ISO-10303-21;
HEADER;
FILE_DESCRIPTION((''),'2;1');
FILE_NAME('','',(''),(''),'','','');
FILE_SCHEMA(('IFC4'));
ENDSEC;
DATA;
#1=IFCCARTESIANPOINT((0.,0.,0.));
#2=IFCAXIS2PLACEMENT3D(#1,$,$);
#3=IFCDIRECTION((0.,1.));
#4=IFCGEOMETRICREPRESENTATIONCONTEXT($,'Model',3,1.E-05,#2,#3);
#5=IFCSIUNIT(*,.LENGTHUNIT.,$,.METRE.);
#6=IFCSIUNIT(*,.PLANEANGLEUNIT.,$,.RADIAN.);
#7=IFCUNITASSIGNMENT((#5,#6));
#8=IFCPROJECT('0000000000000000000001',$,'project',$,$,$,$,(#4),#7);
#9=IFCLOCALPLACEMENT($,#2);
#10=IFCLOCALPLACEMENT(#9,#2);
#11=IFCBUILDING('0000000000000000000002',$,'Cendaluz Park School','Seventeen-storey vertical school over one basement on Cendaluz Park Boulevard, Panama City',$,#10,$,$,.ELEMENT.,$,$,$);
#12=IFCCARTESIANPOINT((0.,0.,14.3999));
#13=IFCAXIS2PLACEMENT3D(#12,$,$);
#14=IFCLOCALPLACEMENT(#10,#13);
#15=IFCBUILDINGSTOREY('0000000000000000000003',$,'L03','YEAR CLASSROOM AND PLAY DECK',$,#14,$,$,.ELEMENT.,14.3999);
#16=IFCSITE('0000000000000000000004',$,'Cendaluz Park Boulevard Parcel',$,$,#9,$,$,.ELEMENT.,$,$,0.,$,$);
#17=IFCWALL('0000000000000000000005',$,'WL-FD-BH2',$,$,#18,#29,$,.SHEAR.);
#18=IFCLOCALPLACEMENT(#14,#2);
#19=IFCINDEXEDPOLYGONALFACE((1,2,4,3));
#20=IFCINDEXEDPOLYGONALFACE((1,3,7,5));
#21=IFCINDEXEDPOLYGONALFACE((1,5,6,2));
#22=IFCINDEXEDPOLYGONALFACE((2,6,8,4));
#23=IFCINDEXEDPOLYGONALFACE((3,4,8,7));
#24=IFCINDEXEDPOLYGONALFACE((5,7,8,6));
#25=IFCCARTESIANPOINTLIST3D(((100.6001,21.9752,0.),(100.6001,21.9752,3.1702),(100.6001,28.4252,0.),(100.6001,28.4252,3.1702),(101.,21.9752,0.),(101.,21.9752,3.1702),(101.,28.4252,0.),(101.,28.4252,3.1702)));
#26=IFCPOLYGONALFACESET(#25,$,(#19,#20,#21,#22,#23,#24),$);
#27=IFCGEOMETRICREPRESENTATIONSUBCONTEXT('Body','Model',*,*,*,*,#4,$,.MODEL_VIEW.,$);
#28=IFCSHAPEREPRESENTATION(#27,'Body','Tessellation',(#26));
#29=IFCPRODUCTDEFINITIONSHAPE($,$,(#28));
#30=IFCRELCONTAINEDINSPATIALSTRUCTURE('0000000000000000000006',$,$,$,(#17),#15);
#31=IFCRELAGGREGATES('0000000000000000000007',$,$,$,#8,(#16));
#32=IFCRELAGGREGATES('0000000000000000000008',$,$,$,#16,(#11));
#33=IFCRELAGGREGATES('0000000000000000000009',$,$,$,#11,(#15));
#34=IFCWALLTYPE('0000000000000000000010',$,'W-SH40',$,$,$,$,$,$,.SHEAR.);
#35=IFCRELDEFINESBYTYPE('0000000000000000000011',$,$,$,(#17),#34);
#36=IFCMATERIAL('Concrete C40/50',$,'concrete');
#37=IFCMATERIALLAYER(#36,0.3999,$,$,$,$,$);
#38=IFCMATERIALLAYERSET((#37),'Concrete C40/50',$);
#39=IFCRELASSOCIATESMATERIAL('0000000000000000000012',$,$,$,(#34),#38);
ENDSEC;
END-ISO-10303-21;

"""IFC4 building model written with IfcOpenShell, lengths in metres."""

from ifc_helpers import new_model, si_unit, direction, frame, frame_2d, origin, place, context, subcontext, project, spatial, rectangle, extrude, material, layer, layer_set, type_object, element, save


model = new_model("IFC4")

# Units and contexts
model_context = context("Model", 3, precision=1e-05, world=origin(), true_north=direction((0.0, 1.0)))
body_context = subcontext(model_context, "Body", "Model", "MODEL_VIEW")
ifc_project = project(units=[si_unit("LENGTHUNIT", "METRE"), si_unit("PLANEANGLEUNIT", "RADIAN")], contexts=[model_context])

# Site, building, storey
site_placement = place(None, origin())
site = spatial("IfcSite", under=ifc_project, at=site_placement, Name="Cendaluz Park Boulevard Parcel", CompositionType="ELEMENT", RefElevation=0.0)
building_placement = place(site_placement, origin())
building = spatial("IfcBuilding", under=site, at=building_placement, Name="Cendaluz Park School", Description="Seventeen-storey vertical school over one basement on Cendaluz Park Boulevard, Panama City", CompositionType="ELEMENT")
storey_placement = place(building_placement, frame((0.0, 0.0, 14.3999)))
storey = spatial("IfcBuildingStorey", under=building, at=storey_placement, Name="L03", Description="YEAR CLASSROOM AND PLAY DECK", CompositionType="ELEMENT", Elevation=14.3999)

# Shared definitions
ifc_material_1 = material(Name="Concrete C40/50", Category="concrete")

# Wall
ifc_layer_1 = layer(ifc_material_1, 0.3999)
ifc_layer_set_1 = layer_set([ifc_layer_1], Name="Concrete C40/50")
wall_type_1 = type_object("IfcWallType", Name="W-SH40", PredefinedType="SHEAR", material=ifc_layer_set_1)
wall_1_placement = place(storey_placement, frame((100.8, 21.9751, 0.0), z_axis=(0.0, 0.0, 1.0), x_axis=(0.0, 1.0, 0.0)))
element("IfcWall", 1, at=wall_1_placement, inside=storey, type_object=wall_type_1, Name="WL-FD-BH2", PredefinedType="SHEAR", context=body_context, shape_type="SweptSolid", body=[
    extrude(rectangle(XDim=6.45, YDim=0.3999, at=frame_2d((3.2251, 0.0))), origin(), (0.0, 0.0, 1.0), 3.1702),
])

save(model, "model.ifc")
